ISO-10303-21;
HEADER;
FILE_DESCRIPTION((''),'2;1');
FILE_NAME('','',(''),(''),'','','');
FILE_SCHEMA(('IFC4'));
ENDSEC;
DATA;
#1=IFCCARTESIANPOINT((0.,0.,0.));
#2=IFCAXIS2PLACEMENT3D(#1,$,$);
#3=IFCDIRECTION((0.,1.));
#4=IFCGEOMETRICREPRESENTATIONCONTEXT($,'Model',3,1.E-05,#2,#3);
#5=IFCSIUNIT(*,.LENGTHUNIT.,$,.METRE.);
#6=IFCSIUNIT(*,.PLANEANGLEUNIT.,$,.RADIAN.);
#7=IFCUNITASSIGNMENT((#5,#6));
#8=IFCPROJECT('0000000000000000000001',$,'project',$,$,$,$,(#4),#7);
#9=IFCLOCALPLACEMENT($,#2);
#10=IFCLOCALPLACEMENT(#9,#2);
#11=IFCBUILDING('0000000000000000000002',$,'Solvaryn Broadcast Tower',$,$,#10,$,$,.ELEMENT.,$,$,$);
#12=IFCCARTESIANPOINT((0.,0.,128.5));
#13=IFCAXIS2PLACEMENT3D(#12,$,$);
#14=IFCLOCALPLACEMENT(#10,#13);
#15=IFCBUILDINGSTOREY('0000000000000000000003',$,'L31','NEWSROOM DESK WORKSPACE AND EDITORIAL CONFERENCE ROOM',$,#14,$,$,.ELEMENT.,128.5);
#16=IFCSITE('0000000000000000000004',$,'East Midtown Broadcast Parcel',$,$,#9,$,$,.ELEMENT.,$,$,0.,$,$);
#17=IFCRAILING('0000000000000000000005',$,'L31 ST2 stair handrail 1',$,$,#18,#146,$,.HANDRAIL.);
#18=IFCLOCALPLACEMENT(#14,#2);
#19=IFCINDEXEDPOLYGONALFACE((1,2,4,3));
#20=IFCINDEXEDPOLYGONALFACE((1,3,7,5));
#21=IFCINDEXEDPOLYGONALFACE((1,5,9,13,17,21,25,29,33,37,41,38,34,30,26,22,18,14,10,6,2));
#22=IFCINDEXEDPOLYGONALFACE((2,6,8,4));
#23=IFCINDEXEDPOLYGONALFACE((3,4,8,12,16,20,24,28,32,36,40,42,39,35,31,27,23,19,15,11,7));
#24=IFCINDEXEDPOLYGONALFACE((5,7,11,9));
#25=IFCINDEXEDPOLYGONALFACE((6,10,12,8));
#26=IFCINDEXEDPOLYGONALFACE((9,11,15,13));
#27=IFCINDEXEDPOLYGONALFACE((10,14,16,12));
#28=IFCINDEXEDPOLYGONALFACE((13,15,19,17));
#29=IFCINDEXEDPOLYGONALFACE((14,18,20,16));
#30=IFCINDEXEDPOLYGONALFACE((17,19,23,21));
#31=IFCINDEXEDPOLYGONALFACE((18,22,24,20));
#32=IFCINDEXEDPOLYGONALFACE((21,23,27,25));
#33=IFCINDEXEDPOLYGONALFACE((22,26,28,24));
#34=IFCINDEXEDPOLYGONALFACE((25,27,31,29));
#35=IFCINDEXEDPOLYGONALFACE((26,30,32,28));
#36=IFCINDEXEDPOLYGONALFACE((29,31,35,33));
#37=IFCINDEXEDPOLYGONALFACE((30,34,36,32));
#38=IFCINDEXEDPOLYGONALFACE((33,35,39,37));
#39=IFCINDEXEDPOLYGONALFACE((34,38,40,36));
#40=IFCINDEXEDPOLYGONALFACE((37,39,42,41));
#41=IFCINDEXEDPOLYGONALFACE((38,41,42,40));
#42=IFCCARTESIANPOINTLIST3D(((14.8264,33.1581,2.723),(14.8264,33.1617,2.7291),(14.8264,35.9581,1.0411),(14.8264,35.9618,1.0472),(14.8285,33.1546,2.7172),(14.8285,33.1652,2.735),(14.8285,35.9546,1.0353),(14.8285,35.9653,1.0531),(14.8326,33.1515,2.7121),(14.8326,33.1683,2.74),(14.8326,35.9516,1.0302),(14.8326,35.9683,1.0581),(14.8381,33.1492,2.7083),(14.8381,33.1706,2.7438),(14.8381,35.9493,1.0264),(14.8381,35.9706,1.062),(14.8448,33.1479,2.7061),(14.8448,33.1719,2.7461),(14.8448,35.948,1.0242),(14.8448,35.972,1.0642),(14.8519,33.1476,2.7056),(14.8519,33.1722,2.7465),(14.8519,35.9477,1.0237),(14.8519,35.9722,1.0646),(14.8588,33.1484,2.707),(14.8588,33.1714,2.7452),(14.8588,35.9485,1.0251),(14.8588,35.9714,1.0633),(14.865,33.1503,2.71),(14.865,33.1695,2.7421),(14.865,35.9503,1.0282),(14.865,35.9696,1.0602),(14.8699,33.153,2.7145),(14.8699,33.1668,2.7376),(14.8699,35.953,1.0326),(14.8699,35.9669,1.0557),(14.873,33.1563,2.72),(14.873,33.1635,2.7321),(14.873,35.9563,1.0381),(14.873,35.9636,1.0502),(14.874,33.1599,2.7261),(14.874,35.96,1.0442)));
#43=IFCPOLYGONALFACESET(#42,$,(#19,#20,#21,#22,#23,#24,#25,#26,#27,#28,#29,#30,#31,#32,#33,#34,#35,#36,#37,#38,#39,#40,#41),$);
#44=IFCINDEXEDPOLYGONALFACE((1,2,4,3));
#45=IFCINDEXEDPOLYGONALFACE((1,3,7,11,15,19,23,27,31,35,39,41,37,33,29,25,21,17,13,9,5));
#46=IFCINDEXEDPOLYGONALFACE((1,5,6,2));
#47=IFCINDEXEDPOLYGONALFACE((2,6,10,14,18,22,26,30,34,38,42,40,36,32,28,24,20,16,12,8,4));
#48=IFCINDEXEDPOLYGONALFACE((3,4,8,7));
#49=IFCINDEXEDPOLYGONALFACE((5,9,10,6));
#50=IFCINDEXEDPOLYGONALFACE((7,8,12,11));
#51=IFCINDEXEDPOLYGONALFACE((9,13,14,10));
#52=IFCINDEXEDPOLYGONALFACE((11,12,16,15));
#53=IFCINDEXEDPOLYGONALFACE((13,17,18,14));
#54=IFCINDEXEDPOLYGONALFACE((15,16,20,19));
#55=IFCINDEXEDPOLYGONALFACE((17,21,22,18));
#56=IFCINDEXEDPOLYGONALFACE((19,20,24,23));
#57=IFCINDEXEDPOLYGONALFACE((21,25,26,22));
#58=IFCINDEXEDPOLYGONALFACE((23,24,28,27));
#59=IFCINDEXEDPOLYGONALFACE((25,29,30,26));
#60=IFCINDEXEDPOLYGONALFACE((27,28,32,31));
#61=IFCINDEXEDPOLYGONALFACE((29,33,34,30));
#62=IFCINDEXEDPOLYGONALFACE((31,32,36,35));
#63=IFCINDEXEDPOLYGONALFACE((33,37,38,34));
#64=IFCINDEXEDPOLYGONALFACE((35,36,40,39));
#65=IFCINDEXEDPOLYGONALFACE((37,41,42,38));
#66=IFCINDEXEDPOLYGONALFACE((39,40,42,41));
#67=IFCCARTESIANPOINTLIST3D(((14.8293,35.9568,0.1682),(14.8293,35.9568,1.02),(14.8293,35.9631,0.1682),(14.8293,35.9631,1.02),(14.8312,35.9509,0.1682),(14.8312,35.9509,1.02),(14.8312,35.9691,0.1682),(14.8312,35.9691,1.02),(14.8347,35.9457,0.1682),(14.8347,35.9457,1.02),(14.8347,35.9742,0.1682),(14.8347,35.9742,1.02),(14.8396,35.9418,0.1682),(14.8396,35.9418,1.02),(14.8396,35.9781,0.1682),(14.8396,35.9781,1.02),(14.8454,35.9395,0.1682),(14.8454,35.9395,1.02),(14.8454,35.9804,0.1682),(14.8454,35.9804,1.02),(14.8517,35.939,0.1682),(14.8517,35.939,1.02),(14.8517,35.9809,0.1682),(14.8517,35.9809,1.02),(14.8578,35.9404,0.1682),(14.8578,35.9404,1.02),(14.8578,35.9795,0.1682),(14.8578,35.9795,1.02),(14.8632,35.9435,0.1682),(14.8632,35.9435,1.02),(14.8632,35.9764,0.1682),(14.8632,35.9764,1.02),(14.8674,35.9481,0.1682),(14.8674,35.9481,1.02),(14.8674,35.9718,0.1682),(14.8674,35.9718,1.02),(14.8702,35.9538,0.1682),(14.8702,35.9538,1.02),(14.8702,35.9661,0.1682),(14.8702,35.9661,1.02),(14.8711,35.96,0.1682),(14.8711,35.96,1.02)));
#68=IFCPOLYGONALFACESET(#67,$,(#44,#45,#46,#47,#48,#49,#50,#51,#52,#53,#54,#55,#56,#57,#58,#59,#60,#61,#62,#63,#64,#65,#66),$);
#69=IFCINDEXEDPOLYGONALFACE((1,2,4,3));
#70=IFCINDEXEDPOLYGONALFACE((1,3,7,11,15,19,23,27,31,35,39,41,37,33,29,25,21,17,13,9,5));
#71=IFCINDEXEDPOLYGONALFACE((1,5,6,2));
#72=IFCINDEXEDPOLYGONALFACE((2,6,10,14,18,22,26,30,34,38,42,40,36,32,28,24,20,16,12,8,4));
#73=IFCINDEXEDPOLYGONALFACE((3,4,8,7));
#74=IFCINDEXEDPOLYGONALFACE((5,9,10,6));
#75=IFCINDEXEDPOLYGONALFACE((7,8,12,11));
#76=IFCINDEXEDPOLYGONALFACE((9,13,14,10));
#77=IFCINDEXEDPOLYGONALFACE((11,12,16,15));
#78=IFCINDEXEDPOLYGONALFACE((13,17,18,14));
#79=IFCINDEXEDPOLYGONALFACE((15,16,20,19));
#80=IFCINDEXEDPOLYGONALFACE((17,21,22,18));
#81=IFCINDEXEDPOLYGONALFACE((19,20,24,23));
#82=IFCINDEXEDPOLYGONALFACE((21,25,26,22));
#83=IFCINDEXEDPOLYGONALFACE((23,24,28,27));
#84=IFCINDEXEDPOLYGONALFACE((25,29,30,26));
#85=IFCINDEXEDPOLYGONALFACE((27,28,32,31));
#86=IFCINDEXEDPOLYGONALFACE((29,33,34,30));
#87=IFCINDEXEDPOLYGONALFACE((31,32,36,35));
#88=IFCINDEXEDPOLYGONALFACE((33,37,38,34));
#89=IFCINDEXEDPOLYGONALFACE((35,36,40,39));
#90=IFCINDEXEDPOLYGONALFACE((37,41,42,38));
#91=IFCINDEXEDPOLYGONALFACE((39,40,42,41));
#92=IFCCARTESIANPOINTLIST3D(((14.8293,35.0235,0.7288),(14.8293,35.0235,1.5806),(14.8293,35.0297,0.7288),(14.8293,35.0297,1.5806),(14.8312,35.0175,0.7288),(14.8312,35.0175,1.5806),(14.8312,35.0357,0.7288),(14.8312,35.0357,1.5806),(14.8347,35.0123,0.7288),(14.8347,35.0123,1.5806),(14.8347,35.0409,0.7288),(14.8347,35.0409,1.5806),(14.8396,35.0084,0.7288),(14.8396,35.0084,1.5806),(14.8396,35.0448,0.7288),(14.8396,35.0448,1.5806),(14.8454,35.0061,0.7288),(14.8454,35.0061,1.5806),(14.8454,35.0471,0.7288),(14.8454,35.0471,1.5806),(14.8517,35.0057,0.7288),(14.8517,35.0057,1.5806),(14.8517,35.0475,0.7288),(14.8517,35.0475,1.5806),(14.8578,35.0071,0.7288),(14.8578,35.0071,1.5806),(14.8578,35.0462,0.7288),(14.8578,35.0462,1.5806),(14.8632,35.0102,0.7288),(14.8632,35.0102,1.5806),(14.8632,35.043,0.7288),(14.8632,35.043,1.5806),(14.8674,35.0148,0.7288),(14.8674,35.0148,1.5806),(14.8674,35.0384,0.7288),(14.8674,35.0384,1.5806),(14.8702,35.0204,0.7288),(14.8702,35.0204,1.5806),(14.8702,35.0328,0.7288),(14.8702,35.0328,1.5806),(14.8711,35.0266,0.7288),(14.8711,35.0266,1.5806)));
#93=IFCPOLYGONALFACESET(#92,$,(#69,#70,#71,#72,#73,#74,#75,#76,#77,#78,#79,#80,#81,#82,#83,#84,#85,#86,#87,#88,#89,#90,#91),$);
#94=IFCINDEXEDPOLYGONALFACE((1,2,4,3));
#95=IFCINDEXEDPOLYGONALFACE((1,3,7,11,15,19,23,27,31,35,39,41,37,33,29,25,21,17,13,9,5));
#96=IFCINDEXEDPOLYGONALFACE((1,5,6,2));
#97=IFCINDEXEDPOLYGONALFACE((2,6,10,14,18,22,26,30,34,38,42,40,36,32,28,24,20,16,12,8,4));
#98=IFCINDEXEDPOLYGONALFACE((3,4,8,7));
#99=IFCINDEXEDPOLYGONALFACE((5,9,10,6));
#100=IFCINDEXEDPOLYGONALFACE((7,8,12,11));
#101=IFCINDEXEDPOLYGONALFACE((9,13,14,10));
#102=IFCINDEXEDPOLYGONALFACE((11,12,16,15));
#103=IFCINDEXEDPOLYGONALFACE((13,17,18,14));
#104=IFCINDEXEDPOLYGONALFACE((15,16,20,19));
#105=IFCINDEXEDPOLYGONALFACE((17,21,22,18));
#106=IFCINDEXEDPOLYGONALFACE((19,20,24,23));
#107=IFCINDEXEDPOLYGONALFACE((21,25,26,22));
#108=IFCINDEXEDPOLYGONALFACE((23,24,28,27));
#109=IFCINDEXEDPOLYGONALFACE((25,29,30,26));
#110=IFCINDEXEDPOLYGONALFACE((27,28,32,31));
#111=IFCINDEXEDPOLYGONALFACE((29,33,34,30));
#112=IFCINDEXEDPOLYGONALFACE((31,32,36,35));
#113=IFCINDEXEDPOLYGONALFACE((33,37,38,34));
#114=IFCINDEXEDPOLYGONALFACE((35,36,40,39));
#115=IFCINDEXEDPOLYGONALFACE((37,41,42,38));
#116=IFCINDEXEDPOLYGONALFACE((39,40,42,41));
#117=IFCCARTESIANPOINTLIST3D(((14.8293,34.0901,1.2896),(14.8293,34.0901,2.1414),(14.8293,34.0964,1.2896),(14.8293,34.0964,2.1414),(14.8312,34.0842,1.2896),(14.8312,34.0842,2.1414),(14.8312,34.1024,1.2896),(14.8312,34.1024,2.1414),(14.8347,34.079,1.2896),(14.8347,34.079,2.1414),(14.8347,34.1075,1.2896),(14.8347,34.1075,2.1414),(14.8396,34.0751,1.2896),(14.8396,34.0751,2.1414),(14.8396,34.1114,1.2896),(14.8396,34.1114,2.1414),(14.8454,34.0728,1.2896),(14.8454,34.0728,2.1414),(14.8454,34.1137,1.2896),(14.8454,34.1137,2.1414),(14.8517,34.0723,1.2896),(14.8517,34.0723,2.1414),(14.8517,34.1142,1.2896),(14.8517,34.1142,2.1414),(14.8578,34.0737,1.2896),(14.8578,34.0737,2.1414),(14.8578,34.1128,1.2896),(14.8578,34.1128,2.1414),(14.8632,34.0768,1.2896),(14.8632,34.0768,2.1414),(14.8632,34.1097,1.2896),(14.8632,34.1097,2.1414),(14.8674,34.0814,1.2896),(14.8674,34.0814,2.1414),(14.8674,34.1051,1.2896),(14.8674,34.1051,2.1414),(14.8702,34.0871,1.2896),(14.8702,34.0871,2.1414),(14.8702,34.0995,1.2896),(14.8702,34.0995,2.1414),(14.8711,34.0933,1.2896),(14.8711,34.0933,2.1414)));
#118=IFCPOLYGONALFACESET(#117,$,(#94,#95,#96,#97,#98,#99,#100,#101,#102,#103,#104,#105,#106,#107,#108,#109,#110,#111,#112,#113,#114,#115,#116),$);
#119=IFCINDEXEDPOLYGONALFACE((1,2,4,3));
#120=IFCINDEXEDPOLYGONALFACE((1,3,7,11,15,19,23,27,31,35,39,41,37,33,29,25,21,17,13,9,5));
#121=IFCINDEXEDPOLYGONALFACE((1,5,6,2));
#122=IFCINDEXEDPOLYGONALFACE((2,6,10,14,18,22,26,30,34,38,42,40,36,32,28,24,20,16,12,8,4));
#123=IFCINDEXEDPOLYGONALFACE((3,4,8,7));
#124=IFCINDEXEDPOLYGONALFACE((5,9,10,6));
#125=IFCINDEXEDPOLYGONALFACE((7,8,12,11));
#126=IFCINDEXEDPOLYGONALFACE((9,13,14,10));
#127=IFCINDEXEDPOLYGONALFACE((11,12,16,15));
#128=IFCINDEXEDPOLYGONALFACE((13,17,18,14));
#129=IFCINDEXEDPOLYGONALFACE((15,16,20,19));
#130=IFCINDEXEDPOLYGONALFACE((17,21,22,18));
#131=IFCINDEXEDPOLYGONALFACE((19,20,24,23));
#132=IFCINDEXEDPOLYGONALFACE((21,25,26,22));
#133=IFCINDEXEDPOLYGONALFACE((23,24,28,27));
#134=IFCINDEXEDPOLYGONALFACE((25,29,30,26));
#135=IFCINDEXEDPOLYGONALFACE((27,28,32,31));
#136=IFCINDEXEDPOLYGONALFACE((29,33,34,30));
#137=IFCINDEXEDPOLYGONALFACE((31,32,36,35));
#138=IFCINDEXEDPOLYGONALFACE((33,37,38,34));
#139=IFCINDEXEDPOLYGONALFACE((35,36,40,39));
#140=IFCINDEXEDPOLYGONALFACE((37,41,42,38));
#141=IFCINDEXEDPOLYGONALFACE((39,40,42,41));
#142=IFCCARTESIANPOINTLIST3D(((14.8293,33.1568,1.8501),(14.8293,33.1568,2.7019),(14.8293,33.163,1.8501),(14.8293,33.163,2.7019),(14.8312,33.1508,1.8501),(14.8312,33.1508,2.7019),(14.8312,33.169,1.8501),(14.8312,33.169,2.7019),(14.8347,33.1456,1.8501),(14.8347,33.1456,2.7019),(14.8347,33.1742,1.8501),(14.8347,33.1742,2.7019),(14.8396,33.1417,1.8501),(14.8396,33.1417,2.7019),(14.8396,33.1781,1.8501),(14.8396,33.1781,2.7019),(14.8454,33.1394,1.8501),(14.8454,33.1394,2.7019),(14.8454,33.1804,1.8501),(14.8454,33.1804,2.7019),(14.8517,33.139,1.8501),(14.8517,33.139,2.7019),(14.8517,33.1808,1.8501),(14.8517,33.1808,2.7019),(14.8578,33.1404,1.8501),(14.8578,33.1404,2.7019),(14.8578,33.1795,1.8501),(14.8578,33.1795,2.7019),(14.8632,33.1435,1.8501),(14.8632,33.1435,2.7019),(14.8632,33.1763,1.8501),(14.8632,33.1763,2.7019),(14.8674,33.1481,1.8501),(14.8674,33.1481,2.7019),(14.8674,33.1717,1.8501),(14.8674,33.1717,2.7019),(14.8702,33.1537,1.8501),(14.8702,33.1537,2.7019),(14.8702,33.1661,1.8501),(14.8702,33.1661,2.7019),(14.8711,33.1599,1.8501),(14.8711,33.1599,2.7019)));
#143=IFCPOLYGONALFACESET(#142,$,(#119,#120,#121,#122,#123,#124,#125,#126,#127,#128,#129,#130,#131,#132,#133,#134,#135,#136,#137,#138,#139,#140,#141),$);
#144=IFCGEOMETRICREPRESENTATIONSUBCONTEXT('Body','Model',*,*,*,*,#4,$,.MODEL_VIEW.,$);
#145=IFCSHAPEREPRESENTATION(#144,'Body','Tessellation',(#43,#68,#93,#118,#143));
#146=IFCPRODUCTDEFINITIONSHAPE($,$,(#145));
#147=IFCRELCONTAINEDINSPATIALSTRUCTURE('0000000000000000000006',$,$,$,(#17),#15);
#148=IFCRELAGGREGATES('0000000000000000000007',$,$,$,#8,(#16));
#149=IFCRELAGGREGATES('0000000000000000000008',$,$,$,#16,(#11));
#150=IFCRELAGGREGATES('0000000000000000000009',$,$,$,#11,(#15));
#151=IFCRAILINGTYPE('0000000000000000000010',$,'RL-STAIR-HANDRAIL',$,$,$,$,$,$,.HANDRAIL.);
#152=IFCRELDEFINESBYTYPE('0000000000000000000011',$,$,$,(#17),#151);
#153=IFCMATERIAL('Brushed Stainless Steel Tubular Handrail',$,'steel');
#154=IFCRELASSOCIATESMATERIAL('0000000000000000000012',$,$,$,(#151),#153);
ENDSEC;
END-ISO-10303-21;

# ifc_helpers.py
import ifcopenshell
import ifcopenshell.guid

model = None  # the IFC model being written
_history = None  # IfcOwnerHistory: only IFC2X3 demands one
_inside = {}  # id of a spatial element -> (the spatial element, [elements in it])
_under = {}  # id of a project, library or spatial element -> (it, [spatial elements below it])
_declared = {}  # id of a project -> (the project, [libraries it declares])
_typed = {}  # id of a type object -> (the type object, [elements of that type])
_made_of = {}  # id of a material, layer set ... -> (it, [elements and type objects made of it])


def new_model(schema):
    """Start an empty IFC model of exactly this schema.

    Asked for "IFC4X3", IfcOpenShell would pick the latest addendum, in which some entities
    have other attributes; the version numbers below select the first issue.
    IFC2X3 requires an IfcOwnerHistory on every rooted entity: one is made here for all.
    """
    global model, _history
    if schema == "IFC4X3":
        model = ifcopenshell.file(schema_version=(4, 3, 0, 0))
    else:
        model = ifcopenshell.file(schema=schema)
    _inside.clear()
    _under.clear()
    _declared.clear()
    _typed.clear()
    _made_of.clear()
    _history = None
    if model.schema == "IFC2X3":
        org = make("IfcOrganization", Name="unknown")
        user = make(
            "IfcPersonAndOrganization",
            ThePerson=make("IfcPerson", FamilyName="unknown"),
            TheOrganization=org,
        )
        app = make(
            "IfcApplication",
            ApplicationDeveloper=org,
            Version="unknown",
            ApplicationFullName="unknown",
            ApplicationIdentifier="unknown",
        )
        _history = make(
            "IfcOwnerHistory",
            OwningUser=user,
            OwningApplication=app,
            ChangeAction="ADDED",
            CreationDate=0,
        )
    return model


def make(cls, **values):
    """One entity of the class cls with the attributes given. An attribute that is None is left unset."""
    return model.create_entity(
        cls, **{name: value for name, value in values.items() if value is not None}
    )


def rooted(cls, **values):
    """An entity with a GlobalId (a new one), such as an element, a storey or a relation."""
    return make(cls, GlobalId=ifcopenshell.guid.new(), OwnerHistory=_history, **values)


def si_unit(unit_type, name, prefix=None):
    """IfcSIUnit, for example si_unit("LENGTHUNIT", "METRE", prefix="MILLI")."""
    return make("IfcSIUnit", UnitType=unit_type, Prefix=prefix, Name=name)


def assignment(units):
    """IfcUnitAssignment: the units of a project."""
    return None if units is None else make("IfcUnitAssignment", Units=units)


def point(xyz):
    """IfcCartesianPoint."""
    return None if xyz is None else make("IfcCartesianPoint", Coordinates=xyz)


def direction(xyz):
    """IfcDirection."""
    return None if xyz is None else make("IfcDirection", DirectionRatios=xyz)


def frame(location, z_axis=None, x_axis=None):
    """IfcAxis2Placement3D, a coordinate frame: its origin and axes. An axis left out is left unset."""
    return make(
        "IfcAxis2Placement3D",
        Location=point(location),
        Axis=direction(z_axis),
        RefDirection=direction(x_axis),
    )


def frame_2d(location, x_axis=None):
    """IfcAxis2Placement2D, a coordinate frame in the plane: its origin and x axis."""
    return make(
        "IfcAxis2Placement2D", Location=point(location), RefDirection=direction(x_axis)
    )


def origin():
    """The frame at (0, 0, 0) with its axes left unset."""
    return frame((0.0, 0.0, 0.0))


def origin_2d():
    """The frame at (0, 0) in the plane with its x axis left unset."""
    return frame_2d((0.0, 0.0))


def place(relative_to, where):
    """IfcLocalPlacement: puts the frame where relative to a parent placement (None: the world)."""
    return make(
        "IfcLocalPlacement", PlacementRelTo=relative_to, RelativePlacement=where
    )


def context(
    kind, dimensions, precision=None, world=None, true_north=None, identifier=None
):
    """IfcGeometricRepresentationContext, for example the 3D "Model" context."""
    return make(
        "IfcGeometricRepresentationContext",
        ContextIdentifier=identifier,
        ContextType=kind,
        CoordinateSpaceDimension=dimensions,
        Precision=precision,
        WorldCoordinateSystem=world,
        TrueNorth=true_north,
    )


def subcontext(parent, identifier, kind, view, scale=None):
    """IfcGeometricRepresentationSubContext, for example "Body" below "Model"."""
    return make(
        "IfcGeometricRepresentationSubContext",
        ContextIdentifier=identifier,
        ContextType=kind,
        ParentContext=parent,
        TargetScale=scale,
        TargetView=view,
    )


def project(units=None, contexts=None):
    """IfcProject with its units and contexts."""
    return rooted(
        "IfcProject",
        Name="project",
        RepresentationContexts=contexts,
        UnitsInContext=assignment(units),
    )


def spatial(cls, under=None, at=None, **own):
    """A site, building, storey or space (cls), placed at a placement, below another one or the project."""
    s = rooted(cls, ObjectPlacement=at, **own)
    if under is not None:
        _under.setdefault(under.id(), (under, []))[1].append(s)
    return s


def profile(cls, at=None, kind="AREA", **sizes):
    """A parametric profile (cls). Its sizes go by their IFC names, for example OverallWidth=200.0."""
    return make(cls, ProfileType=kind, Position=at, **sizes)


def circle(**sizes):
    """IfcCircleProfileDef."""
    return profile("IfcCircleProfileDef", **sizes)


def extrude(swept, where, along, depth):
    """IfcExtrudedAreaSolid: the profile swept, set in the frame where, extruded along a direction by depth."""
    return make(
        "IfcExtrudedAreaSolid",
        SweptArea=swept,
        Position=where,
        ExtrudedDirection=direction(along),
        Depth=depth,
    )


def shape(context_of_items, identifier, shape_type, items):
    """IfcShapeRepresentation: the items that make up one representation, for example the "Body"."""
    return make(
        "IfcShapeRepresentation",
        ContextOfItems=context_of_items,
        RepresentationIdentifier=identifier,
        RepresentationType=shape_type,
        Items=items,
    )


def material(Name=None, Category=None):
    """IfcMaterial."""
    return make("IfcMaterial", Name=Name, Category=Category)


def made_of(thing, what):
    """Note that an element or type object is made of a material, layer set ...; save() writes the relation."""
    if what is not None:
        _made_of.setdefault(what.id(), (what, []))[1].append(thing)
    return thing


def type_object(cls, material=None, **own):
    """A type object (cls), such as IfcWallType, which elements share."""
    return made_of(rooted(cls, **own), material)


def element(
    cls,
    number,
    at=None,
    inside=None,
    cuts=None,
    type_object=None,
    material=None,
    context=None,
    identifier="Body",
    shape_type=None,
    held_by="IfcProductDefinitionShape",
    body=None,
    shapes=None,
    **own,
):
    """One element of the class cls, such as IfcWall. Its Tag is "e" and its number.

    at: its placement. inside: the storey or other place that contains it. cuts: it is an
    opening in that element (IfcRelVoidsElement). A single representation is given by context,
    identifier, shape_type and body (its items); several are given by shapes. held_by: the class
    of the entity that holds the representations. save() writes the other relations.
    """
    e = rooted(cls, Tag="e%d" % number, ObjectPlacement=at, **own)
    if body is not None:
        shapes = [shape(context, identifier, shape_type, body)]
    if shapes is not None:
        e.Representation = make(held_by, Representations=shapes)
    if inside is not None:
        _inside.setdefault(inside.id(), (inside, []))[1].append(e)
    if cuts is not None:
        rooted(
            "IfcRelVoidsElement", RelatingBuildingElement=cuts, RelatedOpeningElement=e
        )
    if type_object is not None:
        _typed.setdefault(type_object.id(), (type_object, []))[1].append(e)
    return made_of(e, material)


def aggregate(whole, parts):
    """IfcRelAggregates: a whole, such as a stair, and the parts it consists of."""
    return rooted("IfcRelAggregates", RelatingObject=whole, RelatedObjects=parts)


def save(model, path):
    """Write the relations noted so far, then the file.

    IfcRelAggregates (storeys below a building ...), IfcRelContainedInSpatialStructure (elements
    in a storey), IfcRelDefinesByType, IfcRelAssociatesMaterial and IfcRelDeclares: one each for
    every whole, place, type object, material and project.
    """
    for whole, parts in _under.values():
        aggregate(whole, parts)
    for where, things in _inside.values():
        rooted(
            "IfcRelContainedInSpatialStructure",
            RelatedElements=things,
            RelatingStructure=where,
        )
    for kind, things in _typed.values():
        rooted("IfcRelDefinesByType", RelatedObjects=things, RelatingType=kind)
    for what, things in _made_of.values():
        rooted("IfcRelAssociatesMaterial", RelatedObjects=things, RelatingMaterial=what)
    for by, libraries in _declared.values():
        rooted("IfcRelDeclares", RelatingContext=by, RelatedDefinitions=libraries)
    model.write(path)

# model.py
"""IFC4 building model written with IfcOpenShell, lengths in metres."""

from ifc_helpers import new_model, si_unit, direction, frame, origin, origin_2d, place, context, subcontext, project, spatial, circle, extrude, material, type_object, element, save


model = new_model("IFC4")

# Units and contexts
model_context = context("Model", 3, precision=1e-05, world=origin(), true_north=direction((0.0, 1.0)))
body_context = subcontext(model_context, "Body", "Model", "MODEL_VIEW")
ifc_project = project(units=[si_unit("LENGTHUNIT", "METRE"), si_unit("PLANEANGLEUNIT", "RADIAN")], contexts=[model_context])

# Site, building, storey
site_placement = place(None, origin())
site = spatial("IfcSite", under=ifc_project, at=site_placement, Name="East Midtown Broadcast Parcel", CompositionType="ELEMENT", RefElevation=0.0)
building_placement = place(site_placement, origin())
building = spatial("IfcBuilding", under=site, at=building_placement, Name="Solvaryn Broadcast Tower", CompositionType="ELEMENT")
storey_placement = place(building_placement, frame((0.0, 0.0, 128.5)))
storey = spatial("IfcBuildingStorey", under=building, at=storey_placement, Name="L31", Description="NEWSROOM DESK WORKSPACE AND EDITORIAL CONFERENCE ROOM", CompositionType="ELEMENT", Elevation=128.5)

# Railing
ifc_material_1 = material(Name="Brushed Stainless Steel Tubular Handrail", Category="steel")
railing_type_1 = type_object("IfcRailingType", Name="RL-STAIR-HANDRAIL", PredefinedType="HANDRAIL", material=ifc_material_1)
railing_1_placement = place(storey_placement, frame((14.8501, 35.96, 0.1682)))
element("IfcRailing", 1, at=railing_1_placement, inside=storey, type_object=railing_type_1, Name="L31 ST2 stair handrail 1", PredefinedType="HANDRAIL", context=body_context, shape_type="SweptSolid", body=[
    extrude(circle(Radius=0.0239, at=origin_2d()), frame((0.0, 0.0, 0.876), z_axis=(0.0, -0.857242, 0.514913), x_axis=(1.0, 0.0, 0.0)), (0.0, 0.0, 1.0), 3.2664),
    extrude(circle(Radius=0.021, at=origin_2d()), origin(), (0.0, 0.0, 1.0), 0.8518),
    extrude(circle(Radius=0.021, at=origin_2d()), frame((0.0, -0.9333, 0.5605)), (0.0, 0.0, 1.0), 0.8518),
    extrude(circle(Radius=0.021, at=origin_2d()), frame((0.0, -1.8667, 1.1213)), (0.0, 0.0, 1.0), 0.8518),
    extrude(circle(Radius=0.021, at=origin_2d()), frame((0.0, -2.8, 1.6819)), (0.0, 0.0, 1.0), 0.8518),
])

save(model, "model.ifc")
